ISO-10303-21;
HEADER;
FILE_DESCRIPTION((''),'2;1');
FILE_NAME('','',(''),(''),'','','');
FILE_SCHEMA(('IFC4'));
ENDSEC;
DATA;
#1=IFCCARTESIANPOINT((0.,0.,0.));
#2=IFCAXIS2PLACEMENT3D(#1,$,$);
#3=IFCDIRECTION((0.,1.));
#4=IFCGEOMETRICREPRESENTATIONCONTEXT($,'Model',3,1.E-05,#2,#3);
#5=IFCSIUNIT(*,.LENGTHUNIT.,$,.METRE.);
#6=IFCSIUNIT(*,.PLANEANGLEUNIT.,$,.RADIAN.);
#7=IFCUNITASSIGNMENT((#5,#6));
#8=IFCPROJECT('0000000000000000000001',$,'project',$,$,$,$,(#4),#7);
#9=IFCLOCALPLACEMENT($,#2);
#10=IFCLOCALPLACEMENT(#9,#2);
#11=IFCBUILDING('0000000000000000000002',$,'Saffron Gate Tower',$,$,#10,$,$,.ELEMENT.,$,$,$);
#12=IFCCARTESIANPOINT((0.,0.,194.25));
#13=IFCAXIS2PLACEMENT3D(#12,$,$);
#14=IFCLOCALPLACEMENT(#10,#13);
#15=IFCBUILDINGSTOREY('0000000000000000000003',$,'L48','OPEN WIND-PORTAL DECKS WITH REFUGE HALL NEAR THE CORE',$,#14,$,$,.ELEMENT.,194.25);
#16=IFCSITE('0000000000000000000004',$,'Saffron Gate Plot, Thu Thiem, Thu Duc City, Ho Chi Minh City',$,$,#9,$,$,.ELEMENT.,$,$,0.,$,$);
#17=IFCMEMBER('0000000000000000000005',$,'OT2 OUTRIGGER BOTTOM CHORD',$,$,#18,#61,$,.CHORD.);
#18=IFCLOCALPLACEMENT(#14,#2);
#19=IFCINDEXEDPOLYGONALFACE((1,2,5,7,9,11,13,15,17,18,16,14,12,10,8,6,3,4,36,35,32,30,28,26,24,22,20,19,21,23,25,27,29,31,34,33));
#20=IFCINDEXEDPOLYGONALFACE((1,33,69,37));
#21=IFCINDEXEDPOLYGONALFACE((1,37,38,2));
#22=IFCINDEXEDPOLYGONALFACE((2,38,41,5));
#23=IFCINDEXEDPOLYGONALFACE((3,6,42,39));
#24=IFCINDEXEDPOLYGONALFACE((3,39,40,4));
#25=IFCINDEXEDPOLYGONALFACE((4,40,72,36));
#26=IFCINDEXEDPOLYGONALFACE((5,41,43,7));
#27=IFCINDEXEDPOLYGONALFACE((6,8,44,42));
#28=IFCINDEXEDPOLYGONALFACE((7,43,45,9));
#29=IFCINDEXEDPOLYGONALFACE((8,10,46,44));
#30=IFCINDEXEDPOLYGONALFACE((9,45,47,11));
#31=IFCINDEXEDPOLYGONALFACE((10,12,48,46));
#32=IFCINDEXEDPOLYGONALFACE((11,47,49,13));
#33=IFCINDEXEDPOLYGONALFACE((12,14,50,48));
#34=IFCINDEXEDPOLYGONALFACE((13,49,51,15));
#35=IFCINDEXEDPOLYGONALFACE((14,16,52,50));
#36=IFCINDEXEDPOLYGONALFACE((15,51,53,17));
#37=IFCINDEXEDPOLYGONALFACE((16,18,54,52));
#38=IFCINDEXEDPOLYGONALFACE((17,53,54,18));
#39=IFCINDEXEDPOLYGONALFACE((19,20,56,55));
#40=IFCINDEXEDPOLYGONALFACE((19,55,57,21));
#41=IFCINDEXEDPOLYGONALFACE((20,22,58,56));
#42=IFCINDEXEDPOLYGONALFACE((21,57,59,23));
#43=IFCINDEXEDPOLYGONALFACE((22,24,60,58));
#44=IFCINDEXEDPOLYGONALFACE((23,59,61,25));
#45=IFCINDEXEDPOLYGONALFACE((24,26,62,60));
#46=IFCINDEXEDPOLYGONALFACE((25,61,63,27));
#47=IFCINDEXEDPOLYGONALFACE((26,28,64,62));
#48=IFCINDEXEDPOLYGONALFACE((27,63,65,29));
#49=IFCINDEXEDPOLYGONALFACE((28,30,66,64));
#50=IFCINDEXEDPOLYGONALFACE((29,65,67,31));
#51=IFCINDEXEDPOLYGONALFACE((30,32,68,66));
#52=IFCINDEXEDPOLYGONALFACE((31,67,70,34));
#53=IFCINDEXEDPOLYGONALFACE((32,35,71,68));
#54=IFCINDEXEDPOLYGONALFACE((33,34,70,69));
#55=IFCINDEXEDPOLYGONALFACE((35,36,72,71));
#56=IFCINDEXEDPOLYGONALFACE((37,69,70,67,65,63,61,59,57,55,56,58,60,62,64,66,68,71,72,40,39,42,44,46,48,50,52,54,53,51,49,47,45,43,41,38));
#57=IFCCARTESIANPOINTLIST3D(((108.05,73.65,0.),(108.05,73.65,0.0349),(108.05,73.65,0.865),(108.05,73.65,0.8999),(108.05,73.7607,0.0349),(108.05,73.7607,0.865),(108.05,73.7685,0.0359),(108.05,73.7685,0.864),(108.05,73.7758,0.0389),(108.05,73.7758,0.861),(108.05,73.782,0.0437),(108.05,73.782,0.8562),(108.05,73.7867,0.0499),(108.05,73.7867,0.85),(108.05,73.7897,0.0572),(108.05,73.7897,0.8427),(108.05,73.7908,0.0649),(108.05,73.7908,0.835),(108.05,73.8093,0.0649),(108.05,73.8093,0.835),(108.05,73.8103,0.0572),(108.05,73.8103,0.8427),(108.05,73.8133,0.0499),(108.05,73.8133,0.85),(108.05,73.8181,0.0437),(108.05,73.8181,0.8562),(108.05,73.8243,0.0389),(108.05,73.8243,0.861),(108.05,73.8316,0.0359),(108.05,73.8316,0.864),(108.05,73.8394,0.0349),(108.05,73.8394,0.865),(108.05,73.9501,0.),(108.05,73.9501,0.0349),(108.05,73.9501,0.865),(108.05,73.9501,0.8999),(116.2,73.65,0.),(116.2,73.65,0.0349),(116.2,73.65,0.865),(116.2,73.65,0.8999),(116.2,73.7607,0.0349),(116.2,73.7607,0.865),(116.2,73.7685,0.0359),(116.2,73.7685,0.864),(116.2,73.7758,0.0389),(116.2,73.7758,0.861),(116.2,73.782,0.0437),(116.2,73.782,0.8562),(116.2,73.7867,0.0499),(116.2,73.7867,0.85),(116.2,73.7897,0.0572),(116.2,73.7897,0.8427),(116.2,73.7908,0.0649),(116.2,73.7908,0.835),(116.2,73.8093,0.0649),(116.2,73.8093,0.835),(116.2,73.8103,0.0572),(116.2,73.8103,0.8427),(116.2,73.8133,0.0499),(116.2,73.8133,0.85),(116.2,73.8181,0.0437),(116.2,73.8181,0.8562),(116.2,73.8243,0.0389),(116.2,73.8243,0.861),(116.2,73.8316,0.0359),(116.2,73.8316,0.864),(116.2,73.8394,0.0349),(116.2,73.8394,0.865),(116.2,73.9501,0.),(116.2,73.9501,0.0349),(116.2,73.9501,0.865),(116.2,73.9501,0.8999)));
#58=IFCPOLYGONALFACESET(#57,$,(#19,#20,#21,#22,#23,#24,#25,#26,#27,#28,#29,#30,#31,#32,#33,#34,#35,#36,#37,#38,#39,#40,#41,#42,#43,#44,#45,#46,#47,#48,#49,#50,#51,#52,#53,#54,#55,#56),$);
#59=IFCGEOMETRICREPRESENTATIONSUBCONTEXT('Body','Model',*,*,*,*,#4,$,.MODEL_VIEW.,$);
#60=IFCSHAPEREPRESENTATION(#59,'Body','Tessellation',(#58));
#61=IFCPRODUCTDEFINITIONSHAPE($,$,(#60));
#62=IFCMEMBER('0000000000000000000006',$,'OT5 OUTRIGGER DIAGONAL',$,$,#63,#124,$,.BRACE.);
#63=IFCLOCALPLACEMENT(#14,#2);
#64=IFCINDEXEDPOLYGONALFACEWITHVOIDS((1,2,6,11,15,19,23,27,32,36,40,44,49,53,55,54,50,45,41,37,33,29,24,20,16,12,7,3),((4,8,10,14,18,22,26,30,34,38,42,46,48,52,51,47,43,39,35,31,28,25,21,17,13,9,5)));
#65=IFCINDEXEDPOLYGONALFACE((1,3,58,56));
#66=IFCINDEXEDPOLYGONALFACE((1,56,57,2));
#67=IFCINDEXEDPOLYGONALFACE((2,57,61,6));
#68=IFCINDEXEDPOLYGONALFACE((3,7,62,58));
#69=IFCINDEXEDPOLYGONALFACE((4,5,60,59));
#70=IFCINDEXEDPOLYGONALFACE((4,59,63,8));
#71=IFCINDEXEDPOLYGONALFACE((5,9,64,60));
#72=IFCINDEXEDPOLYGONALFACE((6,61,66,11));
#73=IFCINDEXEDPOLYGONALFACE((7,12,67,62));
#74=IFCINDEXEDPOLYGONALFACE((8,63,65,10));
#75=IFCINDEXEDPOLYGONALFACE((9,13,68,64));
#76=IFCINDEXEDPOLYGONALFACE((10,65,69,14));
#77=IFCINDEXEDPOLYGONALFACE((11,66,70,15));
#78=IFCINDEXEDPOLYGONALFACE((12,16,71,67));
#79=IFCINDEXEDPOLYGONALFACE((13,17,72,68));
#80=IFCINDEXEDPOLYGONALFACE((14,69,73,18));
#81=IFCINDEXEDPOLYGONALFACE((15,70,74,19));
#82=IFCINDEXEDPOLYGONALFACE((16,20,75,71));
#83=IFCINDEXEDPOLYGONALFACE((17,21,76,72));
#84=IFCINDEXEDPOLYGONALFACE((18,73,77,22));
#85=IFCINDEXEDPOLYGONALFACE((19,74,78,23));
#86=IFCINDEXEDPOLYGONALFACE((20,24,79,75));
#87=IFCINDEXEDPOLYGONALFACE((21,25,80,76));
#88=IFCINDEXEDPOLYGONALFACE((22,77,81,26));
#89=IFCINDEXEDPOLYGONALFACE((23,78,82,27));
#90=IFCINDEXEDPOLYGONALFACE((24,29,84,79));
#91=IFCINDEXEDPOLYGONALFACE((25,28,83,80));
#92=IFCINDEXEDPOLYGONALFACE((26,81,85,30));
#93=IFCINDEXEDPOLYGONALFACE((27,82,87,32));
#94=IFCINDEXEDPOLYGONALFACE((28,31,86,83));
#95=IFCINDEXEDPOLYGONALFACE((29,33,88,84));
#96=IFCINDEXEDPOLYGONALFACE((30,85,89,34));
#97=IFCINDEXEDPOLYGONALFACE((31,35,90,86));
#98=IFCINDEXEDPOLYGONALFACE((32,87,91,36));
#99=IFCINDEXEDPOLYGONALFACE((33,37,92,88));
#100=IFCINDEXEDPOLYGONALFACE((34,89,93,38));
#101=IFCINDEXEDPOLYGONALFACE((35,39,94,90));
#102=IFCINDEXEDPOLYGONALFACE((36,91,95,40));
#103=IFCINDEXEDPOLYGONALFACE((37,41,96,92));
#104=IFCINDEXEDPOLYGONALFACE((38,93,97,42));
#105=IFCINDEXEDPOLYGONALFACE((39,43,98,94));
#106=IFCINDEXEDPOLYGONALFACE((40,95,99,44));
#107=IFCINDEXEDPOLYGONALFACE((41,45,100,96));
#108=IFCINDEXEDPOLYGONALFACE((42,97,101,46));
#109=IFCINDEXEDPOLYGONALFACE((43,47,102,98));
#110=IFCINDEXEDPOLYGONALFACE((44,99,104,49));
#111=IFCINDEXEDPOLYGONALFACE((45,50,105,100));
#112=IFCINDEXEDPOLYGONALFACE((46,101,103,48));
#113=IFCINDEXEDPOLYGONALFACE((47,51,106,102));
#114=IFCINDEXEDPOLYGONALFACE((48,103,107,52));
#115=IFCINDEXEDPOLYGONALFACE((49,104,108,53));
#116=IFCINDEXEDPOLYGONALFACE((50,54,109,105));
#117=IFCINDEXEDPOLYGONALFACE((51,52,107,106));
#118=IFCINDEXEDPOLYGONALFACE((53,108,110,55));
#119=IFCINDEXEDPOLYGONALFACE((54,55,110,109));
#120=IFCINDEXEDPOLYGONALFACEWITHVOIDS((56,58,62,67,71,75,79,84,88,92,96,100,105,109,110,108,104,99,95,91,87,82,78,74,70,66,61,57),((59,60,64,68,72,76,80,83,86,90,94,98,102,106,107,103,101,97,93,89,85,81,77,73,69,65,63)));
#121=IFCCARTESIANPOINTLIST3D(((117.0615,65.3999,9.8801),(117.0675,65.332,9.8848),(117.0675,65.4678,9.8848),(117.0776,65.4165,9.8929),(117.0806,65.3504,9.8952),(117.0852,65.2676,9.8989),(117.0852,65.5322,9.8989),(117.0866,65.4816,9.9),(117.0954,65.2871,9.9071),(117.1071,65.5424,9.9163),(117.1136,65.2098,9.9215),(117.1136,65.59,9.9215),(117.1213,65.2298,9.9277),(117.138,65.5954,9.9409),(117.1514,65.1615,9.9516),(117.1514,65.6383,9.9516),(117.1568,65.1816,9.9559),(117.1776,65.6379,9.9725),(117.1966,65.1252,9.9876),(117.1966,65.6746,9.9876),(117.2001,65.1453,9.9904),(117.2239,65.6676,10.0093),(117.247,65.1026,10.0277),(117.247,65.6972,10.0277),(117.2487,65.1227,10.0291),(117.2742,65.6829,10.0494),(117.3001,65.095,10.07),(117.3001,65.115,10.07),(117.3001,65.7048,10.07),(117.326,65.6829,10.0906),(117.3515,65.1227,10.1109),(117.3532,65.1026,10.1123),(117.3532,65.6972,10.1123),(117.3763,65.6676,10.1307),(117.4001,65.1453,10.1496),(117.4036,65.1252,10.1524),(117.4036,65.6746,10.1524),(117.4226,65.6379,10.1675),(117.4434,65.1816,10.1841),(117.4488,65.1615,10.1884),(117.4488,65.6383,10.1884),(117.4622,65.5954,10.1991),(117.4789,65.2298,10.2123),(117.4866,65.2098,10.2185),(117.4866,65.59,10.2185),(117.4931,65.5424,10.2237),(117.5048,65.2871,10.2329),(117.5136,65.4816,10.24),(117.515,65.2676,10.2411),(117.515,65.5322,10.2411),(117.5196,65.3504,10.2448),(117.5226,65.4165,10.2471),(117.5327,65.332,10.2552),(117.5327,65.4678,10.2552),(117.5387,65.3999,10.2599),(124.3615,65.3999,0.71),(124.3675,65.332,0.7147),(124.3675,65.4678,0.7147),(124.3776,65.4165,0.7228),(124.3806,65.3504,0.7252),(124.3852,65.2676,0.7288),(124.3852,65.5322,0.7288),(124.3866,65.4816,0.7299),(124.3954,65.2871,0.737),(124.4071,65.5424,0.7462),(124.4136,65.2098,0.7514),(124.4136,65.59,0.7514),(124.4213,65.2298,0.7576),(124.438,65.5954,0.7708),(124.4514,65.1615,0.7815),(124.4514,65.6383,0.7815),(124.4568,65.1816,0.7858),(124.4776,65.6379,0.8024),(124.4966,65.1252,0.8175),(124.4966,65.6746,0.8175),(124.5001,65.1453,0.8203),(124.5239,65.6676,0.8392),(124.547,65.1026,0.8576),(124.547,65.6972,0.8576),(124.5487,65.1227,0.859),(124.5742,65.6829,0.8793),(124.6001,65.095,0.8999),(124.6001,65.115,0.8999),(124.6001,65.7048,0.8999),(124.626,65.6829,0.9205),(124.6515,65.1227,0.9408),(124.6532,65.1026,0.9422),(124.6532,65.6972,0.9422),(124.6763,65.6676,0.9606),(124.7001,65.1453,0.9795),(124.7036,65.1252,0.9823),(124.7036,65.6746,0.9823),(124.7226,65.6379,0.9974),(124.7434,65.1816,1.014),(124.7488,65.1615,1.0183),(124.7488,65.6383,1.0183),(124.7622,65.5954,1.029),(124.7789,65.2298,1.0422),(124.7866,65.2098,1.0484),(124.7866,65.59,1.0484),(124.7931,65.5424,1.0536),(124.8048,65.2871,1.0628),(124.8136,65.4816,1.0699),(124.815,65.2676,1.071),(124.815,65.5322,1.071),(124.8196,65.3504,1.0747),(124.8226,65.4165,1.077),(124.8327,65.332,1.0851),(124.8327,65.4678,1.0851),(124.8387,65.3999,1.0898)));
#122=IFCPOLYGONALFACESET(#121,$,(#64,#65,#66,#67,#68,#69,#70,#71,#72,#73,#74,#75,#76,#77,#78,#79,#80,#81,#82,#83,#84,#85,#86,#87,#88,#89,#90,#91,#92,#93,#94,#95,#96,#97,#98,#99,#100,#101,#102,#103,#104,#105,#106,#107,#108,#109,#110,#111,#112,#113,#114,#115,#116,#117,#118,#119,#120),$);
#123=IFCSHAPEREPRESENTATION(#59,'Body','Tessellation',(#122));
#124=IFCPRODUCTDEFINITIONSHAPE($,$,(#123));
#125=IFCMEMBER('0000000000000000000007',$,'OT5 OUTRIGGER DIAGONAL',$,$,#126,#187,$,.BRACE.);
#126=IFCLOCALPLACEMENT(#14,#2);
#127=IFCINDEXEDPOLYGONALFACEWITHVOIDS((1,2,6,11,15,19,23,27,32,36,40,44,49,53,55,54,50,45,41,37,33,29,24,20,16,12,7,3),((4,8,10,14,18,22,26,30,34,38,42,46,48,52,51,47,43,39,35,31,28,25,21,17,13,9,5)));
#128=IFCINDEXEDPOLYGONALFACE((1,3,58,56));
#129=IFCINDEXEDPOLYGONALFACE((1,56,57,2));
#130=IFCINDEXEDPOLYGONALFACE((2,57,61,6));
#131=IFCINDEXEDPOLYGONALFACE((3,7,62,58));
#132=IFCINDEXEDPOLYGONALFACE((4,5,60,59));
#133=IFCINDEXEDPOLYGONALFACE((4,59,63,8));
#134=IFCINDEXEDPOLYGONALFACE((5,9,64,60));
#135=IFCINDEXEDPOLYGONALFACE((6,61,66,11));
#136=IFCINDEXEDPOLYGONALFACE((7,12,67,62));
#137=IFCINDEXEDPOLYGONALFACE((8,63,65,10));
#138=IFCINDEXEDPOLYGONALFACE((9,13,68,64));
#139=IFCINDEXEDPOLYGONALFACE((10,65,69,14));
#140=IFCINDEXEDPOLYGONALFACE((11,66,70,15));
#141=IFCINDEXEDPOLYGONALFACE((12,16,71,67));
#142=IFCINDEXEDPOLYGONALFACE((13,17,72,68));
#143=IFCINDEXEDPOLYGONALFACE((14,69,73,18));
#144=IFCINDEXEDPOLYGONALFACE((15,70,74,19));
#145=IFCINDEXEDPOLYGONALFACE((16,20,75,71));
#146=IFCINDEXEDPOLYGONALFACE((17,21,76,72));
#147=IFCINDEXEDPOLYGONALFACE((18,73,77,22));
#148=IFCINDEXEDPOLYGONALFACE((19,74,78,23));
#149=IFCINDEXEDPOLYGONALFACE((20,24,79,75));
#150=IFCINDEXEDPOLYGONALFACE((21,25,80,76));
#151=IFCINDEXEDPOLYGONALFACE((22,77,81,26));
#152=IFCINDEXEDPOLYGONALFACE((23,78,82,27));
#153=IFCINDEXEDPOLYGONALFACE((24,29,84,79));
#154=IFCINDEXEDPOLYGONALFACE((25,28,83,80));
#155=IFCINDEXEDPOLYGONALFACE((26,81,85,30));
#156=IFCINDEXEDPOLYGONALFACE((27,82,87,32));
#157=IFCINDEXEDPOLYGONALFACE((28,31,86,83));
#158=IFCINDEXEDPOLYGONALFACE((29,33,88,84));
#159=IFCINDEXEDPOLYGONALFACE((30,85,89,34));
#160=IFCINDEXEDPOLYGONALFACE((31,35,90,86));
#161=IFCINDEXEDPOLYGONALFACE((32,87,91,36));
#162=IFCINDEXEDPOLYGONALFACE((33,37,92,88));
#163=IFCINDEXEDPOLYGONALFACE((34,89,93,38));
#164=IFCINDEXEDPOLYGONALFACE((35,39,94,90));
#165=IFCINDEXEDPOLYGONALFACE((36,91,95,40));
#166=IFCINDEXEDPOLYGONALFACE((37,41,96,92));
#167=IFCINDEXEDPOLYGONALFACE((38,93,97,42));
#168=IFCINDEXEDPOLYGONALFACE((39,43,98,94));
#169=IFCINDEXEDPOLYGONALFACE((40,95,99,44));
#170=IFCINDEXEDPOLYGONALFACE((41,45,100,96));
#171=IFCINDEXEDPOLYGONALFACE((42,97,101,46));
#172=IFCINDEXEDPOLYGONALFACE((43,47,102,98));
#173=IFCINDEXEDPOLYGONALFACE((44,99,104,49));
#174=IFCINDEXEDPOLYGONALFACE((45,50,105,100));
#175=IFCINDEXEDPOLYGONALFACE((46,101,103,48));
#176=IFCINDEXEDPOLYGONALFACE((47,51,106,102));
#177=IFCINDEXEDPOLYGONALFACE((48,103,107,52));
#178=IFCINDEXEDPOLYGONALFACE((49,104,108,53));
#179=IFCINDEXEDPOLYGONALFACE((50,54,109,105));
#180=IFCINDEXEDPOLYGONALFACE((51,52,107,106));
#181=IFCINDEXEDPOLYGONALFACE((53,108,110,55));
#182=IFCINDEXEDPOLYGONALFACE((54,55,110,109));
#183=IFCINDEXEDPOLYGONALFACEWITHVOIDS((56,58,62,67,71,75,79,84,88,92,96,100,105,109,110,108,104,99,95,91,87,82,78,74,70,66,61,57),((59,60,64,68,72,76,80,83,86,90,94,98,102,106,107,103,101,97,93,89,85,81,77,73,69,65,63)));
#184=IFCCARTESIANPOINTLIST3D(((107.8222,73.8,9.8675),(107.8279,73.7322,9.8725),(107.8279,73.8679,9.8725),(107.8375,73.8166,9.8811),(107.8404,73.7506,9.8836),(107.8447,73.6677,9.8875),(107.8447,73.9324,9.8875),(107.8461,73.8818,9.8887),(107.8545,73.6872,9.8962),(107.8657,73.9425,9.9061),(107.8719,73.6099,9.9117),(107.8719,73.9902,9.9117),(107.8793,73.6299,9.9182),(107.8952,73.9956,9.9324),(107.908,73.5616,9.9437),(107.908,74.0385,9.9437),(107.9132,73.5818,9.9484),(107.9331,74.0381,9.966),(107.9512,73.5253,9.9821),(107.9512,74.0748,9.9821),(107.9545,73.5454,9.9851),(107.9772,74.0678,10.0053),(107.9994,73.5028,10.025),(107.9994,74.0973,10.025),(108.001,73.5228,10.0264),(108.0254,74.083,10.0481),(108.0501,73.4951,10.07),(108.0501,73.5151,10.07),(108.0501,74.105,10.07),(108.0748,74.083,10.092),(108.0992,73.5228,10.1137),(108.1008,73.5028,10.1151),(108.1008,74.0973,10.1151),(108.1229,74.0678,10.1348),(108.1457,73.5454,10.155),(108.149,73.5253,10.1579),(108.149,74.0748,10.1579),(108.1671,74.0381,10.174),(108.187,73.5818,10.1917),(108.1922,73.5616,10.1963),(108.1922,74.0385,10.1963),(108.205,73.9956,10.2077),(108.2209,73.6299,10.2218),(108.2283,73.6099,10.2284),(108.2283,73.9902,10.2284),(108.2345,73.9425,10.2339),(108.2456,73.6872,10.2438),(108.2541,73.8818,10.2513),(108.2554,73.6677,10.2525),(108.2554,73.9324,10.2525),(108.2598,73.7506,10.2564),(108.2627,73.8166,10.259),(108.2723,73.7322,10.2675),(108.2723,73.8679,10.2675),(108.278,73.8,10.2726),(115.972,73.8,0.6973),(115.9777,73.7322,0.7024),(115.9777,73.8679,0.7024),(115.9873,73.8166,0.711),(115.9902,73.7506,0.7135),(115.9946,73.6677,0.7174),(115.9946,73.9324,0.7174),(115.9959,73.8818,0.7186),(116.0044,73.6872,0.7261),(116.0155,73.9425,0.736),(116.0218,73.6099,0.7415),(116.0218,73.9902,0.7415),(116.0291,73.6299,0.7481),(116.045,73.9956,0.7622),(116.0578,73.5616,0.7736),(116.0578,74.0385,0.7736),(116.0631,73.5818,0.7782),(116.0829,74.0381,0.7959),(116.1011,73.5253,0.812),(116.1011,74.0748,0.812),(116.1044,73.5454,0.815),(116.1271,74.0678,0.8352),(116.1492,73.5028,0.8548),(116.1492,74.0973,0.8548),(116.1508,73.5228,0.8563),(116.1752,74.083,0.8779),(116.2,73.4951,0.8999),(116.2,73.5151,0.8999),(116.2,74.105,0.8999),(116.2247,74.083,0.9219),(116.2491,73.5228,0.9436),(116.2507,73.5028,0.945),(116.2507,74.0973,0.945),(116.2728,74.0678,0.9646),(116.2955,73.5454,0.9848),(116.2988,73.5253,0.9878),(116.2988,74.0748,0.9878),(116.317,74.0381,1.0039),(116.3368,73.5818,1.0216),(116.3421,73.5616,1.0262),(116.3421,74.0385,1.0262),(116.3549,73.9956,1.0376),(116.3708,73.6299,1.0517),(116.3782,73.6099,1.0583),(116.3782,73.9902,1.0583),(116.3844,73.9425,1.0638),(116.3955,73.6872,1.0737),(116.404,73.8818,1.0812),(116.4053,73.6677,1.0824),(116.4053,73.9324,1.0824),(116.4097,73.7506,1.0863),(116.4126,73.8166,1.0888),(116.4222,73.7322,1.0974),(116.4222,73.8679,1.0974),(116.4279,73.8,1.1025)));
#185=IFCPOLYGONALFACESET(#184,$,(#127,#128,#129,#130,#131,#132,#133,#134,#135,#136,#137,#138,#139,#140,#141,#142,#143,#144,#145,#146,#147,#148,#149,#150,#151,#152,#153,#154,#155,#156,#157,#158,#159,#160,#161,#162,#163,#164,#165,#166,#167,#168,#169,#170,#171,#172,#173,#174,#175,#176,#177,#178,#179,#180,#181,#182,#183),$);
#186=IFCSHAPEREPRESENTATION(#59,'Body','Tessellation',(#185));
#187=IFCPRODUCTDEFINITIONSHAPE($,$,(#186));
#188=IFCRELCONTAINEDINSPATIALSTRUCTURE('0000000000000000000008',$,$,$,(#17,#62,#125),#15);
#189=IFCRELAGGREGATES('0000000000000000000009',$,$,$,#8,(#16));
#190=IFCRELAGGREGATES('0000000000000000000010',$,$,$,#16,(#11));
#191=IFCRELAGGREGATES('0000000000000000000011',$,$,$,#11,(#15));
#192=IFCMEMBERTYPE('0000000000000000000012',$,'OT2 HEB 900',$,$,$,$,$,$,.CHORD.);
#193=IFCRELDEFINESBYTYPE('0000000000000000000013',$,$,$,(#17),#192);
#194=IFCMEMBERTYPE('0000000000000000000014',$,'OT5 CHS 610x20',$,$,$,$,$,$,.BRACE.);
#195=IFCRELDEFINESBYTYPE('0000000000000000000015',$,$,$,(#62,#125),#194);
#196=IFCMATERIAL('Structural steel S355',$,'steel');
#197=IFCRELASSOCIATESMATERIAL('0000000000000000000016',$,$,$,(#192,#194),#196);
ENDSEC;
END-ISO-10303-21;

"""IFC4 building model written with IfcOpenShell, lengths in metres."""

from ifc_helpers import new_model, si_unit, direction, frame, origin, origin_2d, place, context, subcontext, project, spatial, hollow_circle, i_section, extrude, material, material_profile, profile_set, type_object, element, save


model = new_model("IFC4")

# Units and contexts
model_context = context("Model", 3, precision=1e-05, world=origin(), true_north=direction((0.0, 1.0)))
body_context = subcontext(model_context, "Body", "Model", "MODEL_VIEW")
ifc_project = project(units=[si_unit("LENGTHUNIT", "METRE"), si_unit("PLANEANGLEUNIT", "RADIAN")], contexts=[model_context])

# Site, building, storey
site_placement = place(None, origin())
site = spatial("IfcSite", under=ifc_project, at=site_placement, Name="Saffron Gate Plot, Thu Thiem, Thu Duc City, Ho Chi Minh City", CompositionType="ELEMENT", RefElevation=0.0)
building_placement = place(site_placement, origin())
building = spatial("IfcBuilding", under=site, at=building_placement, Name="Saffron Gate Tower", CompositionType="ELEMENT")
storey_placement = place(building_placement, frame((0.0, 0.0, 194.25)))
storey = spatial("IfcBuildingStorey", under=building, at=storey_placement, Name="L48", Description="OPEN WIND-PORTAL DECKS WITH REFUGE HALL NEAR THE CORE", CompositionType="ELEMENT", Elevation=194.25)

# Shared definitions
ifc_material_1 = material(Name="Structural steel S355", Category="steel")

# Members
ifc_material_profile_1 = material_profile(ifc_material_1, i_section(OverallWidth=0.3, OverallDepth=0.8999, WebThickness=0.0186, FlangeThickness=0.0349, FilletRadius=0.03, at=origin_2d()))
ifc_profile_set_1 = profile_set([ifc_material_profile_1], Name="Structural steel S355")
member_type_1 = type_object("IfcMemberType", Name="OT2 HEB 900", PredefinedType="CHORD", material=ifc_profile_set_1)
for number, where, z_axis, x_axis, name in (
    (1, (116.2, 73.8, 0.45), (-1.0, 0.0, 0.0), (0.0, -1.0, 0.0), "OT2 OUTRIGGER BOTTOM CHORD"),
):
    element("IfcMember", number, at=place(storey_placement, frame(where, z_axis=z_axis, x_axis=x_axis)), inside=storey, type_object=member_type_1, Name=name, PredefinedType="CHORD", context=body_context, shape_type="SweptSolid", body=[
        extrude(i_section(OverallWidth=0.3, OverallDepth=0.8999, WebThickness=0.0186, FlangeThickness=0.0349, FilletRadius=0.03, at=origin_2d()), origin(), (0.0, 0.0, 1.0), 8.1499),
    ])
ifc_material_profile_2 = material_profile(ifc_material_1, hollow_circle(Radius=0.3049, WallThickness=0.02, at=origin_2d()))
ifc_profile_set_2 = profile_set([ifc_material_profile_2], Name="Structural steel S355")
member_type_2 = type_object("IfcMemberType", Name="OT5 CHS 610x20", PredefinedType="BRACE", material=ifc_profile_set_2)
member_1_placement = place(storey_placement, frame((124.6001, 65.3999, 0.8999), z_axis=(-0.622816, 0.0, 0.782368), x_axis=(0.0, -1.0, 0.0)))
element("IfcMember", 2, at=member_1_placement, inside=storey, type_object=member_type_2, Name="OT5 OUTRIGGER DIAGONAL", PredefinedType="BRACE", context=body_context, shape_type="SweptSolid", body=[
    extrude(hollow_circle(Radius=0.3049, WallThickness=0.02, at=origin_2d()), origin(), (0.0, 0.0, 1.0), 11.7209),
])
member_2_placement = place(storey_placement, frame((116.2, 73.8, 0.8999), z_axis=(-0.664302, 0.0, 0.747464), x_axis=(0.0, -1.0, 0.0)))
element("IfcMember", 3, at=member_2_placement, inside=storey, type_object=member_type_2, Name="OT5 OUTRIGGER DIAGONAL", PredefinedType="BRACE", context=body_context, shape_type="SweptSolid", body=[
    extrude(hollow_circle(Radius=0.3049, WallThickness=0.02, at=origin_2d()), origin(), (0.0, 0.0, 1.0), 12.2683),
])

save(model, "model.ifc")
